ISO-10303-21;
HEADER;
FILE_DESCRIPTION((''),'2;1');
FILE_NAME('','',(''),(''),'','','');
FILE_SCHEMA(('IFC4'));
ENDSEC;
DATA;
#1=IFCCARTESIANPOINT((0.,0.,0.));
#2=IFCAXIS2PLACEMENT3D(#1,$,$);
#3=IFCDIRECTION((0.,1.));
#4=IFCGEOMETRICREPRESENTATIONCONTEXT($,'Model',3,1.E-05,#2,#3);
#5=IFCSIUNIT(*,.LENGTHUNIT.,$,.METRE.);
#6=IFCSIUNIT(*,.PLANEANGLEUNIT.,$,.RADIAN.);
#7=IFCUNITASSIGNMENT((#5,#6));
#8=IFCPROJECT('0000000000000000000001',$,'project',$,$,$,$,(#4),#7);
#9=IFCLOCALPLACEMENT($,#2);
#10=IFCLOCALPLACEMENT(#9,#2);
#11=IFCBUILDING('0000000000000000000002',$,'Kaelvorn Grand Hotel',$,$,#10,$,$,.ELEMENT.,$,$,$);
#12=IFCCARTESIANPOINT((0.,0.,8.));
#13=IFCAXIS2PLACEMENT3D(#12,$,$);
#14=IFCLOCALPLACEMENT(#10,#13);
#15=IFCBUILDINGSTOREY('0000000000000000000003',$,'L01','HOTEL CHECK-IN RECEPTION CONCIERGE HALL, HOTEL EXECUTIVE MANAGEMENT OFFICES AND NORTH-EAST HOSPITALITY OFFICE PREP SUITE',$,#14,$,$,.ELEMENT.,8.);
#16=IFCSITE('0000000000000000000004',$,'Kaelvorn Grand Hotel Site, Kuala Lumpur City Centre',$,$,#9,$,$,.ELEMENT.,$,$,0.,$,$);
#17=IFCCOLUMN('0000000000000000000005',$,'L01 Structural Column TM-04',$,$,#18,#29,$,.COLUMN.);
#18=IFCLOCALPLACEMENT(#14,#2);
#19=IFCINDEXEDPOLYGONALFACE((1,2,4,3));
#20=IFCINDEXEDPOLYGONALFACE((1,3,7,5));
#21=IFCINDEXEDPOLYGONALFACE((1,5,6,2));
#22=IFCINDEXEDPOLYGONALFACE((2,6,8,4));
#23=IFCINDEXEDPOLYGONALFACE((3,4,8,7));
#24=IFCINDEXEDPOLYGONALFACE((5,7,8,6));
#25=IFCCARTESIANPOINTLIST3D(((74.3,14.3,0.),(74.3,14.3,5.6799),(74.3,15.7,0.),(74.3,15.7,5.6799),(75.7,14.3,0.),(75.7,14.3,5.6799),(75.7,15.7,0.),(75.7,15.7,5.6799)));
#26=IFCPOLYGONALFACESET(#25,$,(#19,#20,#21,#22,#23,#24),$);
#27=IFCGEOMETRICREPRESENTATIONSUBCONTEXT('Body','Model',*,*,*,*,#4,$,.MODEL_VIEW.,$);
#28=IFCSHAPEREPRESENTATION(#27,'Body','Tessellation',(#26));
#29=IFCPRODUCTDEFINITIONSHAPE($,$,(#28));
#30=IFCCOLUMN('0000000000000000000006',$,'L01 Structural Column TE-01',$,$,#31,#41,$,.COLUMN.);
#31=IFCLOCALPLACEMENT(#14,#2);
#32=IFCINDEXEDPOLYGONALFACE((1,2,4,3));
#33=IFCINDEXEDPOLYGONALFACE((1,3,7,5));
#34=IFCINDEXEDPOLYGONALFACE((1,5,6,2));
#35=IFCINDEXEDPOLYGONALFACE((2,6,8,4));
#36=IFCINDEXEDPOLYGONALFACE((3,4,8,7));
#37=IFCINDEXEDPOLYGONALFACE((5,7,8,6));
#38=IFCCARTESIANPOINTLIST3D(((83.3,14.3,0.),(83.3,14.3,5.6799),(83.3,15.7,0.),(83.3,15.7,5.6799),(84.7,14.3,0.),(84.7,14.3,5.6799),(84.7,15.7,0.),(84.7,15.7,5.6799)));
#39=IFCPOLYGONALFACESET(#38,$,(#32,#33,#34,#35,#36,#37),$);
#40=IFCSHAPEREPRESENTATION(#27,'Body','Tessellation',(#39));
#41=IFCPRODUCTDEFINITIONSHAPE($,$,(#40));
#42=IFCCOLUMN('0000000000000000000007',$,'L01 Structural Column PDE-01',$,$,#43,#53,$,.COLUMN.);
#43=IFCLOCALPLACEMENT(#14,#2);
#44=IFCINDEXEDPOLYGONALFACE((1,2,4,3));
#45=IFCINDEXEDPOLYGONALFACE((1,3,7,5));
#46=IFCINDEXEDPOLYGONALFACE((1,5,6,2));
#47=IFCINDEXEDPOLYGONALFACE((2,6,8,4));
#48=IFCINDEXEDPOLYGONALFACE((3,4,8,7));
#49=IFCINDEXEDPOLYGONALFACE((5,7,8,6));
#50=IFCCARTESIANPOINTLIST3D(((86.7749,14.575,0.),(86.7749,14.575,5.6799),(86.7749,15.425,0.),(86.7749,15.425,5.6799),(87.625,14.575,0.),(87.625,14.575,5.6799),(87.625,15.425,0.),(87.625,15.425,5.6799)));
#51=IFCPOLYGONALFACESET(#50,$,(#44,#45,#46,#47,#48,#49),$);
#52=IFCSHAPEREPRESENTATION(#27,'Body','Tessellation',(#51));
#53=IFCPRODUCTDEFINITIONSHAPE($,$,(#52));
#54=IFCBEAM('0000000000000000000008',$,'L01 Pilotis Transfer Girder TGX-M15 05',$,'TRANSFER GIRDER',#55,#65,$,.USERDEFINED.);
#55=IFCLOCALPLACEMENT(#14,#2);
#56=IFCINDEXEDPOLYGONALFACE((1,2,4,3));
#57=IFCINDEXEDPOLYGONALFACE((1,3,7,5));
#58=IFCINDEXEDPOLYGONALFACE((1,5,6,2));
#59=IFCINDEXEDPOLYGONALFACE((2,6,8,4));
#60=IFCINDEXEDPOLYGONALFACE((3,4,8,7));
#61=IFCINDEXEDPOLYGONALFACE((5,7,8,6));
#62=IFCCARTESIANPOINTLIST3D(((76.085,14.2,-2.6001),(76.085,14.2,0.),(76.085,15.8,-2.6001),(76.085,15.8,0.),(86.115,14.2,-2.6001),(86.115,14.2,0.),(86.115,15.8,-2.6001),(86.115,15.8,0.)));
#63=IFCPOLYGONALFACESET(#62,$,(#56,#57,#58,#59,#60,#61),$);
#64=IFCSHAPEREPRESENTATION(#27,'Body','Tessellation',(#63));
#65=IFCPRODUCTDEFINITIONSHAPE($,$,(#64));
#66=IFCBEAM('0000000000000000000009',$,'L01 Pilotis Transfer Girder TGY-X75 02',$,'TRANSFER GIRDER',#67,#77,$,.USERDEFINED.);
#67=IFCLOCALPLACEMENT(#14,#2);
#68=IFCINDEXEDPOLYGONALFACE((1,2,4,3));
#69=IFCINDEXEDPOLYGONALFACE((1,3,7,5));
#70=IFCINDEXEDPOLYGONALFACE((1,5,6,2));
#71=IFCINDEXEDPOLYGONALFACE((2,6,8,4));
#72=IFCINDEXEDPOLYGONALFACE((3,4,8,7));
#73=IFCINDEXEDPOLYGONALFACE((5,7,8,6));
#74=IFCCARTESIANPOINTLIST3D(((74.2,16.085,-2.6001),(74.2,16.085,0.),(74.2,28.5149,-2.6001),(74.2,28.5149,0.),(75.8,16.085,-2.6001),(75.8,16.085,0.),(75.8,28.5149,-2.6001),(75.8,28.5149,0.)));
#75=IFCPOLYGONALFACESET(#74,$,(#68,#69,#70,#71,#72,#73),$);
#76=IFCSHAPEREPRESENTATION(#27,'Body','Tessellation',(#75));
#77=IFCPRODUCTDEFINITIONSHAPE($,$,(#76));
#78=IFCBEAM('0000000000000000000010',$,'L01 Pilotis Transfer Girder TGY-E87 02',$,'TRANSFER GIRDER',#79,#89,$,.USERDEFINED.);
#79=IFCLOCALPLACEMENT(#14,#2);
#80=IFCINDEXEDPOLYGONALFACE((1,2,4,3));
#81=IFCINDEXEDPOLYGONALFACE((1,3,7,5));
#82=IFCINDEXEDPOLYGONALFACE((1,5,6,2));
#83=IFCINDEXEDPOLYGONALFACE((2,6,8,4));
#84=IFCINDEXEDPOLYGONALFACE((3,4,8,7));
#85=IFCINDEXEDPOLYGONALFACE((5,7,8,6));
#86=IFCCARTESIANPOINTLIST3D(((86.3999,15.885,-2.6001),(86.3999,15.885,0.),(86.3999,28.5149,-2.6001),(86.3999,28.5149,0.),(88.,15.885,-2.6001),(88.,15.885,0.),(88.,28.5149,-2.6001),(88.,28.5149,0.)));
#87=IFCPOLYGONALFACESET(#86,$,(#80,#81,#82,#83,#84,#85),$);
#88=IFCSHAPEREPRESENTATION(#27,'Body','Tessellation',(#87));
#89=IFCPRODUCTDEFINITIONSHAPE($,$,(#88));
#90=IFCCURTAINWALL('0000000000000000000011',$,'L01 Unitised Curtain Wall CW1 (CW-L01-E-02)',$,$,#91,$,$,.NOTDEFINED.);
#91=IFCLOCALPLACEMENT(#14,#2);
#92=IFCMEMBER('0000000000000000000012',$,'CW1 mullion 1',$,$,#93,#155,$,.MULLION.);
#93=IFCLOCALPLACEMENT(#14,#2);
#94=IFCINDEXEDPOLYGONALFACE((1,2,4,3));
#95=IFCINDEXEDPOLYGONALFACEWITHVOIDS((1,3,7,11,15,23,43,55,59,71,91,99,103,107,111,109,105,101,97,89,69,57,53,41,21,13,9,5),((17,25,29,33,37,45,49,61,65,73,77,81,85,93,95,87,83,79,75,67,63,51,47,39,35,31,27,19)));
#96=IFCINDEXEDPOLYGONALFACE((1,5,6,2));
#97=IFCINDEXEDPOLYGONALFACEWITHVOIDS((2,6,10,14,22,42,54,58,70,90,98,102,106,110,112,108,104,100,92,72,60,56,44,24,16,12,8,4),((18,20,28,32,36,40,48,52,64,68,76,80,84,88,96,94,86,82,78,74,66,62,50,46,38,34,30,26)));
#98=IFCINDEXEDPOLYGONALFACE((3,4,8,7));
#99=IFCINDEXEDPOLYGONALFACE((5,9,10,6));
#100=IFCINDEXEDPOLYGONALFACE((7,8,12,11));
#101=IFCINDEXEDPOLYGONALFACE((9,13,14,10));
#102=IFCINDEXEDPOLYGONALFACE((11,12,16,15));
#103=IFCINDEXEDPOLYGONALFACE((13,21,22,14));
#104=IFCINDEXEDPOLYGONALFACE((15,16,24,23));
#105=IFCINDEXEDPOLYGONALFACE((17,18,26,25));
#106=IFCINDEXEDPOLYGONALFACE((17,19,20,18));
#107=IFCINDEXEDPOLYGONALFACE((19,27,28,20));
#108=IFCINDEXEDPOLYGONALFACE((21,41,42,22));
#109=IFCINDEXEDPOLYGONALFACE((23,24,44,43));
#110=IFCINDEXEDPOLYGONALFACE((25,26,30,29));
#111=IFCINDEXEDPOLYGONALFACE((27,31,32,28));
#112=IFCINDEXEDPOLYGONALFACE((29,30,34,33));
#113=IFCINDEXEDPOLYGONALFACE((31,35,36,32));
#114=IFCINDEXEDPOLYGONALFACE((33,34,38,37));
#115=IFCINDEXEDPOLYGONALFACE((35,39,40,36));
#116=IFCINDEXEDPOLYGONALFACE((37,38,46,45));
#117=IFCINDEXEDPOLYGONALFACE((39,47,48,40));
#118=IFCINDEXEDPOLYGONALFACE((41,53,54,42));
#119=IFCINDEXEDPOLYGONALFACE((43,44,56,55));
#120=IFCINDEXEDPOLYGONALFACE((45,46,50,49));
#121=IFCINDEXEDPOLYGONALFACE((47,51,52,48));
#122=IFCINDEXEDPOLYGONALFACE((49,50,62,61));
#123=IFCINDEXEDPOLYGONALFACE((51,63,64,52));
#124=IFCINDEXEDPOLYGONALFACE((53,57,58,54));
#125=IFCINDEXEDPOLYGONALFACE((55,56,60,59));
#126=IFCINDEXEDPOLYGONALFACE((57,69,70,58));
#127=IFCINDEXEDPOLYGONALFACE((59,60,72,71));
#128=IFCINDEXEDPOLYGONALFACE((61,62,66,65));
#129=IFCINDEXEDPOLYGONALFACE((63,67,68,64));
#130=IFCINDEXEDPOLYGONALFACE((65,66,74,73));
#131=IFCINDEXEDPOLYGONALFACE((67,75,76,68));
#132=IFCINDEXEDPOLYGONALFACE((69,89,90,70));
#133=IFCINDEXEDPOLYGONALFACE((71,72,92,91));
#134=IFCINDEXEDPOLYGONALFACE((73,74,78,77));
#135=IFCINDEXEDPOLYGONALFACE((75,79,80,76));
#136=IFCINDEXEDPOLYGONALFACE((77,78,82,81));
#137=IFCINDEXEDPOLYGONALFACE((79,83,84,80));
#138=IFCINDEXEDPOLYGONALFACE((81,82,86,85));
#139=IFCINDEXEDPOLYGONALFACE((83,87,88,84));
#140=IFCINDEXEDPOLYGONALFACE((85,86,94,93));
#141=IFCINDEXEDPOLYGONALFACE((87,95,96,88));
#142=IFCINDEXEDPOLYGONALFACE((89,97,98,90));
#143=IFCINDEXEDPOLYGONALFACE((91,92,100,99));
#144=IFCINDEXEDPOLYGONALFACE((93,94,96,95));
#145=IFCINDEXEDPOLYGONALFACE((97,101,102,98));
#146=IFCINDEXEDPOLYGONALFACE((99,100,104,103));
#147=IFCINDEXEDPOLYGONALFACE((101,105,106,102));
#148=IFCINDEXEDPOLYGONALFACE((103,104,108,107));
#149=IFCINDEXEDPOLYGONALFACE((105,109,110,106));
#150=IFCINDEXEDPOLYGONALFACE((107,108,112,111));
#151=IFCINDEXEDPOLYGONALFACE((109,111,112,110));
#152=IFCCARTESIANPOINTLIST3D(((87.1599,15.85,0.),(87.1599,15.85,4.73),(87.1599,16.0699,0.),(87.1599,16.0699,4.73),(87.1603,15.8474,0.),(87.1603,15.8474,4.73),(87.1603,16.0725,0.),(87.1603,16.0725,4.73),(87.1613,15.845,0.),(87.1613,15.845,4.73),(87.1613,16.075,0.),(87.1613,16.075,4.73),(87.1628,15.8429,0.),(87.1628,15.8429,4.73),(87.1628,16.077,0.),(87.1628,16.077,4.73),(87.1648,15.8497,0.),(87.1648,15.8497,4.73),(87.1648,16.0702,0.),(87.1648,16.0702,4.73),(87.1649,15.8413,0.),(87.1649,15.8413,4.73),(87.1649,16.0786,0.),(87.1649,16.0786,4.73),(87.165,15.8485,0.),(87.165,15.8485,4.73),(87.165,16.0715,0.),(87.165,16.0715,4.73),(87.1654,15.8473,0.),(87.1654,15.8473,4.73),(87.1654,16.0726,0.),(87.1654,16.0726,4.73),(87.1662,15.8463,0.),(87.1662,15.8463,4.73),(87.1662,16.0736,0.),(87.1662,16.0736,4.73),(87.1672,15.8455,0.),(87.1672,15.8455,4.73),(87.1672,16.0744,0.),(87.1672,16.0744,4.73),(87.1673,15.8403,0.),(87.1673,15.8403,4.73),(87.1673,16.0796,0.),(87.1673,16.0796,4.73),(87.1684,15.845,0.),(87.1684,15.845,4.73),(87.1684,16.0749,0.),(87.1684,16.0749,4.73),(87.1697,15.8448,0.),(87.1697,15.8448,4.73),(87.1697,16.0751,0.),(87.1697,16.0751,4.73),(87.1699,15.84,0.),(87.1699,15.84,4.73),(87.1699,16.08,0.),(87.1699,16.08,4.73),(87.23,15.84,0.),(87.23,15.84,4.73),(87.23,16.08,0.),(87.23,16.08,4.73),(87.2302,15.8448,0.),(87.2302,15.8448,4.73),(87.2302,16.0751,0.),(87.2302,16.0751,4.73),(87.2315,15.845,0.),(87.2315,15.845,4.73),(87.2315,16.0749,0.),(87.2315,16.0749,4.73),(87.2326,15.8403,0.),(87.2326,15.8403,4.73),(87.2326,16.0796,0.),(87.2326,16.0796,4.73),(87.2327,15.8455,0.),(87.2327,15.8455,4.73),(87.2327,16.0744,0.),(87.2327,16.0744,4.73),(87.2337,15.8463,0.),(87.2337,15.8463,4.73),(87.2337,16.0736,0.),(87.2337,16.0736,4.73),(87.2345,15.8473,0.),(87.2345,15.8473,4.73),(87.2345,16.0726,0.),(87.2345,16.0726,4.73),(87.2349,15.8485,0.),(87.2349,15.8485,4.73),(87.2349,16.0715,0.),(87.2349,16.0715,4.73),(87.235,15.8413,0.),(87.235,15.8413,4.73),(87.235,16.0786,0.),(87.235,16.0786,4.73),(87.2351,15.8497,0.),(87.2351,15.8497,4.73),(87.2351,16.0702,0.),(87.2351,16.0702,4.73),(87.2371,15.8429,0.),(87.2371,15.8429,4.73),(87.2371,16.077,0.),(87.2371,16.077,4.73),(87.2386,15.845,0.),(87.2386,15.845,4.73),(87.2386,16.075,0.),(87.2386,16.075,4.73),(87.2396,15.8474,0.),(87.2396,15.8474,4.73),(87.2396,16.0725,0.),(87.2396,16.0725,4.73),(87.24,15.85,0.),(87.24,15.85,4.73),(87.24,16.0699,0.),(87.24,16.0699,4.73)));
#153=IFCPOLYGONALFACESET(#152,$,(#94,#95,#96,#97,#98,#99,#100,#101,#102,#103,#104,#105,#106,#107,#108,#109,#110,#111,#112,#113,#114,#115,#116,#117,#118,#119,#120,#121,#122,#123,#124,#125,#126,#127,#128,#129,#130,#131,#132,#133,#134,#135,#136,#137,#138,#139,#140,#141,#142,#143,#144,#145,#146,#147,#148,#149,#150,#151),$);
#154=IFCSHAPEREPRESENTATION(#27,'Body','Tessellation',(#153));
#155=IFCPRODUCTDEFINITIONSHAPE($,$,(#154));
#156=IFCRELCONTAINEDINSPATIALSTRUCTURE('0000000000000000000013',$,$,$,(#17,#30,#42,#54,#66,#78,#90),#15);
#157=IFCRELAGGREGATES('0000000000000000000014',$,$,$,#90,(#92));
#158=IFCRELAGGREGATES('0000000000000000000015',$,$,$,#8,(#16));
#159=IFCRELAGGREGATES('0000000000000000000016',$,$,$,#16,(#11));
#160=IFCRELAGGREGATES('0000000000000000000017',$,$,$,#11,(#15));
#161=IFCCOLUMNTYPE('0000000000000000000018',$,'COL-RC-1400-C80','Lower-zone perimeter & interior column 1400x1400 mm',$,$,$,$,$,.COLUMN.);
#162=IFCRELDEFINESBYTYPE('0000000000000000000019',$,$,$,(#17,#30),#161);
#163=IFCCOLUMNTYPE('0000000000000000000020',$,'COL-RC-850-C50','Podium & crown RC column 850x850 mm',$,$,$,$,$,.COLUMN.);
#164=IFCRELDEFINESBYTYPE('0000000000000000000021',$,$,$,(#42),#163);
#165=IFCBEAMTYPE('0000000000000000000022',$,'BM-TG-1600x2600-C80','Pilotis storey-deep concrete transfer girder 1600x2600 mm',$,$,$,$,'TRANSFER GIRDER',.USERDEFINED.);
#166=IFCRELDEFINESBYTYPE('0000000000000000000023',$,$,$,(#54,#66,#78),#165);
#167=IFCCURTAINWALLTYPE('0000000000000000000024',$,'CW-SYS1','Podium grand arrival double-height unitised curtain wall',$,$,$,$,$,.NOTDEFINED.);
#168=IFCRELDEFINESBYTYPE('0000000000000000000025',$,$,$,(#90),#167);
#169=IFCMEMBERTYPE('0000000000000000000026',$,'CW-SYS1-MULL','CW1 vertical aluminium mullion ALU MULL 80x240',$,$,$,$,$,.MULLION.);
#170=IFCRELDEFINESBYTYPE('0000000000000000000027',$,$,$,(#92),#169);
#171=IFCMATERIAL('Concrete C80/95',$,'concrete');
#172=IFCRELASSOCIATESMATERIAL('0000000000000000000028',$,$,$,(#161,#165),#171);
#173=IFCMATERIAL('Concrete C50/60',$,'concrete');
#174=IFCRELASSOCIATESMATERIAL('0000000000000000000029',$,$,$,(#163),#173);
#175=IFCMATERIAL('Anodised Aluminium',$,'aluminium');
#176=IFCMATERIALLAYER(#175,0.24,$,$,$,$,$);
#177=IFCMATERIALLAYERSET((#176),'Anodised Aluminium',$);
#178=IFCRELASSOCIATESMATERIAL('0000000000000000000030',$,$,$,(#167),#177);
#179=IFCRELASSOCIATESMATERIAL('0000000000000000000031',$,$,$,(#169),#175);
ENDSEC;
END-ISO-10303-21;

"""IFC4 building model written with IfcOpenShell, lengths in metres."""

from ifc_helpers import new_model, si_unit, direction, frame, origin, origin_2d, place, context, subcontext, project, spatial, rectangle, hollow_rectangle, extrude, material, layer, layer_set, material_profile, profile_set, type_object, element, aggregate, save


model = new_model("IFC4")

# Units and contexts
model_context = context("Model", 3, precision=1e-05, world=origin(), true_north=direction((0.0, 1.0)))
body_context = subcontext(model_context, "Body", "Model", "MODEL_VIEW")
ifc_project = project(units=[si_unit("LENGTHUNIT", "METRE"), si_unit("PLANEANGLEUNIT", "RADIAN")], contexts=[model_context])

# Site, building, storey
site_placement = place(None, origin())
site = spatial("IfcSite", under=ifc_project, at=site_placement, Name="Kaelvorn Grand Hotel Site, Kuala Lumpur City Centre", CompositionType="ELEMENT", RefElevation=0.0)
building_placement = place(site_placement, origin())
building = spatial("IfcBuilding", under=site, at=building_placement, Name="Kaelvorn Grand Hotel", CompositionType="ELEMENT")
storey_placement = place(building_placement, frame((0.0, 0.0, 8.0)))
storey = spatial("IfcBuildingStorey", under=building, at=storey_placement, Name="L01", Description="HOTEL CHECK-IN RECEPTION CONCIERGE HALL, HOTEL EXECUTIVE MANAGEMENT OFFICES AND NORTH-EAST HOSPITALITY OFFICE PREP SUITE", CompositionType="ELEMENT", Elevation=8.0)

# Columns
ifc_material_1 = material(Name="Concrete C80/95", Category="concrete")
ifc_material_profile_1 = material_profile(ifc_material_1, rectangle(XDim=1.3999, YDim=1.3999, at=origin_2d()), Name="RC COL 1400x1400")
ifc_profile_set_1 = profile_set([ifc_material_profile_1], Name="Concrete C80/95")
column_type_1 = type_object("IfcColumnType", Name="COL-RC-1400-C80", Description="Lower-zone perimeter & interior column 1400x1400 mm", PredefinedType="COLUMN", material=ifc_profile_set_1)
for number, where, z_axis, x_axis, name in (
    (1, (75.0, 15.0, 0.0), (0.0, 0.0, 1.0), (1.0, 0.0, 0.0), "L01 Structural Column TM-04"),
    (2, (84.0, 15.0, 0.0), (0.0, 0.0, 1.0), (1.0, 0.0, 0.0), "L01 Structural Column TE-01"),
):
    element("IfcColumn", number, at=place(storey_placement, frame(where, z_axis=z_axis, x_axis=x_axis)), inside=storey, type_object=column_type_1, Name=name, PredefinedType="COLUMN", context=body_context, shape_type="SweptSolid", body=[
        extrude(rectangle(XDim=1.3999, YDim=1.3999, at=origin_2d()), origin(), (0.0, 0.0, 1.0), 5.6799),
    ])
ifc_material_2 = material(Name="Concrete C50/60", Category="concrete")
ifc_material_profile_2 = material_profile(ifc_material_2, rectangle(XDim=0.8501, YDim=0.8501, at=origin_2d()), Name="RC COL 850x850")
ifc_profile_set_2 = profile_set([ifc_material_profile_2], Name="Concrete C50/60")
column_type_2 = type_object("IfcColumnType", Name="COL-RC-850-C50", Description="Podium & crown RC column 850x850 mm", PredefinedType="COLUMN", material=ifc_profile_set_2)
column_placement = place(storey_placement, frame((87.2, 15.0, 0.0), z_axis=(0.0, 0.0, 1.0), x_axis=(1.0, 0.0, 0.0)))
element("IfcColumn", 3, at=column_placement, inside=storey, type_object=column_type_2, Name="L01 Structural Column PDE-01", PredefinedType="COLUMN", context=body_context, shape_type="SweptSolid", body=[
    extrude(rectangle(XDim=0.8501, YDim=0.8501, at=origin_2d()), origin(), (0.0, 0.0, 1.0), 5.6799),
])

# Beams
ifc_material_profile_3 = material_profile(ifc_material_1, rectangle(XDim=1.6001, YDim=2.6001, at=origin_2d()), Name="RC TG 1600x2600")
ifc_profile_set_3 = profile_set([ifc_material_profile_3], Name="Concrete C80/95")
beam_type = type_object("IfcBeamType", Name="BM-TG-1600x2600-C80", Description="Pilotis storey-deep concrete transfer girder 1600x2600 mm", ElementType="TRANSFER GIRDER", PredefinedType="USERDEFINED", material=ifc_profile_set_3)
beam_1_placement = place(storey_placement, frame((76.085, 15.0, -1.3), z_axis=(1.0, 0.0, 0.0), x_axis=(0.0, 1.0, 0.0)))
element("IfcBeam", 4, at=beam_1_placement, inside=storey, type_object=beam_type, Name="L01 Pilotis Transfer Girder TGX-M15 05", ObjectType="TRANSFER GIRDER", PredefinedType="USERDEFINED", context=body_context, shape_type="SweptSolid", body=[
    extrude(rectangle(XDim=1.6001, YDim=2.6001, at=origin_2d()), origin(), (0.0, 0.0, 1.0), 10.03),
])
beam_2_placement = place(storey_placement, frame((75.0, 16.085, -1.3), z_axis=(0.0, 1.0, 0.0), x_axis=(-1.0, 0.0, 0.0)))
element("IfcBeam", 5, at=beam_2_placement, inside=storey, type_object=beam_type, Name="L01 Pilotis Transfer Girder TGY-X75 02", ObjectType="TRANSFER GIRDER", PredefinedType="USERDEFINED", context=body_context, shape_type="SweptSolid", body=[
    extrude(rectangle(XDim=1.6001, YDim=2.6001, at=origin_2d()), origin(), (0.0, 0.0, 1.0), 12.4299),
])
beam_3_placement = place(storey_placement, frame((87.2, 15.885, -1.3), z_axis=(0.0, 1.0, 0.0), x_axis=(-1.0, 0.0, 0.0)))
element("IfcBeam", 6, at=beam_3_placement, inside=storey, type_object=beam_type, Name="L01 Pilotis Transfer Girder TGY-E87 02", ObjectType="TRANSFER GIRDER", PredefinedType="USERDEFINED", context=body_context, shape_type="SweptSolid", body=[
    extrude(rectangle(XDim=1.6001, YDim=2.6001, at=origin_2d()), origin(), (0.0, 0.0, 1.0), 12.6299),
])

# Curtain wall, member
ifc_material_3 = material(Name="Anodised Aluminium", Category="aluminium")
ifc_layer_1 = layer(ifc_material_3, 0.24)
ifc_layer_set_1 = layer_set([ifc_layer_1], Name="Anodised Aluminium")
curtain_wall_type = type_object("IfcCurtainWallType", Name="CW-SYS1", Description="Podium grand arrival double-height unitised curtain wall", PredefinedType="NOTDEFINED", material=ifc_layer_set_1)
curtain_wall_placement = place(storey_placement, origin())
curtain_wall = element("IfcCurtainWall", 7, at=curtain_wall_placement, inside=storey, type_object=curtain_wall_type, Name="L01 Unitised Curtain Wall CW1 (CW-L01-E-02)", PredefinedType="NOTDEFINED")
ifc_material_profile_4 = material_profile(ifc_material_3, hollow_rectangle(XDim=0.0801, YDim=0.24, WallThickness=0.0049, InnerFilletRadius=0.0049, OuterFilletRadius=0.01, at=origin_2d()), Name="ALU MULL 80x240")
ifc_profile_set_4 = profile_set([ifc_material_profile_4], Name="Anodised Aluminium")
member_type_1 = type_object("IfcMemberType", Name="CW-SYS1-MULL", Description="CW1 vertical aluminium mullion ALU MULL 80x240", PredefinedType="MULLION", material=ifc_profile_set_4)
member_1_placement = place(storey_placement, frame((87.2, 15.96, 0.0), z_axis=(0.0, 0.0, 1.0), x_axis=(-1.0, 0.0, 0.0)))
member_1 = element("IfcMember", 8, at=member_1_placement, type_object=member_type_1, Name="CW1 mullion 1", PredefinedType="MULLION", context=body_context, shape_type="SweptSolid", body=[
    extrude(hollow_rectangle(XDim=0.0801, YDim=0.24, WallThickness=0.0049, InnerFilletRadius=0.0049, OuterFilletRadius=0.01, at=origin_2d()), origin(), (0.0, 0.0, 1.0), 4.73),
])
aggregate(curtain_wall, [member_1])

save(model, "model.ifc")
